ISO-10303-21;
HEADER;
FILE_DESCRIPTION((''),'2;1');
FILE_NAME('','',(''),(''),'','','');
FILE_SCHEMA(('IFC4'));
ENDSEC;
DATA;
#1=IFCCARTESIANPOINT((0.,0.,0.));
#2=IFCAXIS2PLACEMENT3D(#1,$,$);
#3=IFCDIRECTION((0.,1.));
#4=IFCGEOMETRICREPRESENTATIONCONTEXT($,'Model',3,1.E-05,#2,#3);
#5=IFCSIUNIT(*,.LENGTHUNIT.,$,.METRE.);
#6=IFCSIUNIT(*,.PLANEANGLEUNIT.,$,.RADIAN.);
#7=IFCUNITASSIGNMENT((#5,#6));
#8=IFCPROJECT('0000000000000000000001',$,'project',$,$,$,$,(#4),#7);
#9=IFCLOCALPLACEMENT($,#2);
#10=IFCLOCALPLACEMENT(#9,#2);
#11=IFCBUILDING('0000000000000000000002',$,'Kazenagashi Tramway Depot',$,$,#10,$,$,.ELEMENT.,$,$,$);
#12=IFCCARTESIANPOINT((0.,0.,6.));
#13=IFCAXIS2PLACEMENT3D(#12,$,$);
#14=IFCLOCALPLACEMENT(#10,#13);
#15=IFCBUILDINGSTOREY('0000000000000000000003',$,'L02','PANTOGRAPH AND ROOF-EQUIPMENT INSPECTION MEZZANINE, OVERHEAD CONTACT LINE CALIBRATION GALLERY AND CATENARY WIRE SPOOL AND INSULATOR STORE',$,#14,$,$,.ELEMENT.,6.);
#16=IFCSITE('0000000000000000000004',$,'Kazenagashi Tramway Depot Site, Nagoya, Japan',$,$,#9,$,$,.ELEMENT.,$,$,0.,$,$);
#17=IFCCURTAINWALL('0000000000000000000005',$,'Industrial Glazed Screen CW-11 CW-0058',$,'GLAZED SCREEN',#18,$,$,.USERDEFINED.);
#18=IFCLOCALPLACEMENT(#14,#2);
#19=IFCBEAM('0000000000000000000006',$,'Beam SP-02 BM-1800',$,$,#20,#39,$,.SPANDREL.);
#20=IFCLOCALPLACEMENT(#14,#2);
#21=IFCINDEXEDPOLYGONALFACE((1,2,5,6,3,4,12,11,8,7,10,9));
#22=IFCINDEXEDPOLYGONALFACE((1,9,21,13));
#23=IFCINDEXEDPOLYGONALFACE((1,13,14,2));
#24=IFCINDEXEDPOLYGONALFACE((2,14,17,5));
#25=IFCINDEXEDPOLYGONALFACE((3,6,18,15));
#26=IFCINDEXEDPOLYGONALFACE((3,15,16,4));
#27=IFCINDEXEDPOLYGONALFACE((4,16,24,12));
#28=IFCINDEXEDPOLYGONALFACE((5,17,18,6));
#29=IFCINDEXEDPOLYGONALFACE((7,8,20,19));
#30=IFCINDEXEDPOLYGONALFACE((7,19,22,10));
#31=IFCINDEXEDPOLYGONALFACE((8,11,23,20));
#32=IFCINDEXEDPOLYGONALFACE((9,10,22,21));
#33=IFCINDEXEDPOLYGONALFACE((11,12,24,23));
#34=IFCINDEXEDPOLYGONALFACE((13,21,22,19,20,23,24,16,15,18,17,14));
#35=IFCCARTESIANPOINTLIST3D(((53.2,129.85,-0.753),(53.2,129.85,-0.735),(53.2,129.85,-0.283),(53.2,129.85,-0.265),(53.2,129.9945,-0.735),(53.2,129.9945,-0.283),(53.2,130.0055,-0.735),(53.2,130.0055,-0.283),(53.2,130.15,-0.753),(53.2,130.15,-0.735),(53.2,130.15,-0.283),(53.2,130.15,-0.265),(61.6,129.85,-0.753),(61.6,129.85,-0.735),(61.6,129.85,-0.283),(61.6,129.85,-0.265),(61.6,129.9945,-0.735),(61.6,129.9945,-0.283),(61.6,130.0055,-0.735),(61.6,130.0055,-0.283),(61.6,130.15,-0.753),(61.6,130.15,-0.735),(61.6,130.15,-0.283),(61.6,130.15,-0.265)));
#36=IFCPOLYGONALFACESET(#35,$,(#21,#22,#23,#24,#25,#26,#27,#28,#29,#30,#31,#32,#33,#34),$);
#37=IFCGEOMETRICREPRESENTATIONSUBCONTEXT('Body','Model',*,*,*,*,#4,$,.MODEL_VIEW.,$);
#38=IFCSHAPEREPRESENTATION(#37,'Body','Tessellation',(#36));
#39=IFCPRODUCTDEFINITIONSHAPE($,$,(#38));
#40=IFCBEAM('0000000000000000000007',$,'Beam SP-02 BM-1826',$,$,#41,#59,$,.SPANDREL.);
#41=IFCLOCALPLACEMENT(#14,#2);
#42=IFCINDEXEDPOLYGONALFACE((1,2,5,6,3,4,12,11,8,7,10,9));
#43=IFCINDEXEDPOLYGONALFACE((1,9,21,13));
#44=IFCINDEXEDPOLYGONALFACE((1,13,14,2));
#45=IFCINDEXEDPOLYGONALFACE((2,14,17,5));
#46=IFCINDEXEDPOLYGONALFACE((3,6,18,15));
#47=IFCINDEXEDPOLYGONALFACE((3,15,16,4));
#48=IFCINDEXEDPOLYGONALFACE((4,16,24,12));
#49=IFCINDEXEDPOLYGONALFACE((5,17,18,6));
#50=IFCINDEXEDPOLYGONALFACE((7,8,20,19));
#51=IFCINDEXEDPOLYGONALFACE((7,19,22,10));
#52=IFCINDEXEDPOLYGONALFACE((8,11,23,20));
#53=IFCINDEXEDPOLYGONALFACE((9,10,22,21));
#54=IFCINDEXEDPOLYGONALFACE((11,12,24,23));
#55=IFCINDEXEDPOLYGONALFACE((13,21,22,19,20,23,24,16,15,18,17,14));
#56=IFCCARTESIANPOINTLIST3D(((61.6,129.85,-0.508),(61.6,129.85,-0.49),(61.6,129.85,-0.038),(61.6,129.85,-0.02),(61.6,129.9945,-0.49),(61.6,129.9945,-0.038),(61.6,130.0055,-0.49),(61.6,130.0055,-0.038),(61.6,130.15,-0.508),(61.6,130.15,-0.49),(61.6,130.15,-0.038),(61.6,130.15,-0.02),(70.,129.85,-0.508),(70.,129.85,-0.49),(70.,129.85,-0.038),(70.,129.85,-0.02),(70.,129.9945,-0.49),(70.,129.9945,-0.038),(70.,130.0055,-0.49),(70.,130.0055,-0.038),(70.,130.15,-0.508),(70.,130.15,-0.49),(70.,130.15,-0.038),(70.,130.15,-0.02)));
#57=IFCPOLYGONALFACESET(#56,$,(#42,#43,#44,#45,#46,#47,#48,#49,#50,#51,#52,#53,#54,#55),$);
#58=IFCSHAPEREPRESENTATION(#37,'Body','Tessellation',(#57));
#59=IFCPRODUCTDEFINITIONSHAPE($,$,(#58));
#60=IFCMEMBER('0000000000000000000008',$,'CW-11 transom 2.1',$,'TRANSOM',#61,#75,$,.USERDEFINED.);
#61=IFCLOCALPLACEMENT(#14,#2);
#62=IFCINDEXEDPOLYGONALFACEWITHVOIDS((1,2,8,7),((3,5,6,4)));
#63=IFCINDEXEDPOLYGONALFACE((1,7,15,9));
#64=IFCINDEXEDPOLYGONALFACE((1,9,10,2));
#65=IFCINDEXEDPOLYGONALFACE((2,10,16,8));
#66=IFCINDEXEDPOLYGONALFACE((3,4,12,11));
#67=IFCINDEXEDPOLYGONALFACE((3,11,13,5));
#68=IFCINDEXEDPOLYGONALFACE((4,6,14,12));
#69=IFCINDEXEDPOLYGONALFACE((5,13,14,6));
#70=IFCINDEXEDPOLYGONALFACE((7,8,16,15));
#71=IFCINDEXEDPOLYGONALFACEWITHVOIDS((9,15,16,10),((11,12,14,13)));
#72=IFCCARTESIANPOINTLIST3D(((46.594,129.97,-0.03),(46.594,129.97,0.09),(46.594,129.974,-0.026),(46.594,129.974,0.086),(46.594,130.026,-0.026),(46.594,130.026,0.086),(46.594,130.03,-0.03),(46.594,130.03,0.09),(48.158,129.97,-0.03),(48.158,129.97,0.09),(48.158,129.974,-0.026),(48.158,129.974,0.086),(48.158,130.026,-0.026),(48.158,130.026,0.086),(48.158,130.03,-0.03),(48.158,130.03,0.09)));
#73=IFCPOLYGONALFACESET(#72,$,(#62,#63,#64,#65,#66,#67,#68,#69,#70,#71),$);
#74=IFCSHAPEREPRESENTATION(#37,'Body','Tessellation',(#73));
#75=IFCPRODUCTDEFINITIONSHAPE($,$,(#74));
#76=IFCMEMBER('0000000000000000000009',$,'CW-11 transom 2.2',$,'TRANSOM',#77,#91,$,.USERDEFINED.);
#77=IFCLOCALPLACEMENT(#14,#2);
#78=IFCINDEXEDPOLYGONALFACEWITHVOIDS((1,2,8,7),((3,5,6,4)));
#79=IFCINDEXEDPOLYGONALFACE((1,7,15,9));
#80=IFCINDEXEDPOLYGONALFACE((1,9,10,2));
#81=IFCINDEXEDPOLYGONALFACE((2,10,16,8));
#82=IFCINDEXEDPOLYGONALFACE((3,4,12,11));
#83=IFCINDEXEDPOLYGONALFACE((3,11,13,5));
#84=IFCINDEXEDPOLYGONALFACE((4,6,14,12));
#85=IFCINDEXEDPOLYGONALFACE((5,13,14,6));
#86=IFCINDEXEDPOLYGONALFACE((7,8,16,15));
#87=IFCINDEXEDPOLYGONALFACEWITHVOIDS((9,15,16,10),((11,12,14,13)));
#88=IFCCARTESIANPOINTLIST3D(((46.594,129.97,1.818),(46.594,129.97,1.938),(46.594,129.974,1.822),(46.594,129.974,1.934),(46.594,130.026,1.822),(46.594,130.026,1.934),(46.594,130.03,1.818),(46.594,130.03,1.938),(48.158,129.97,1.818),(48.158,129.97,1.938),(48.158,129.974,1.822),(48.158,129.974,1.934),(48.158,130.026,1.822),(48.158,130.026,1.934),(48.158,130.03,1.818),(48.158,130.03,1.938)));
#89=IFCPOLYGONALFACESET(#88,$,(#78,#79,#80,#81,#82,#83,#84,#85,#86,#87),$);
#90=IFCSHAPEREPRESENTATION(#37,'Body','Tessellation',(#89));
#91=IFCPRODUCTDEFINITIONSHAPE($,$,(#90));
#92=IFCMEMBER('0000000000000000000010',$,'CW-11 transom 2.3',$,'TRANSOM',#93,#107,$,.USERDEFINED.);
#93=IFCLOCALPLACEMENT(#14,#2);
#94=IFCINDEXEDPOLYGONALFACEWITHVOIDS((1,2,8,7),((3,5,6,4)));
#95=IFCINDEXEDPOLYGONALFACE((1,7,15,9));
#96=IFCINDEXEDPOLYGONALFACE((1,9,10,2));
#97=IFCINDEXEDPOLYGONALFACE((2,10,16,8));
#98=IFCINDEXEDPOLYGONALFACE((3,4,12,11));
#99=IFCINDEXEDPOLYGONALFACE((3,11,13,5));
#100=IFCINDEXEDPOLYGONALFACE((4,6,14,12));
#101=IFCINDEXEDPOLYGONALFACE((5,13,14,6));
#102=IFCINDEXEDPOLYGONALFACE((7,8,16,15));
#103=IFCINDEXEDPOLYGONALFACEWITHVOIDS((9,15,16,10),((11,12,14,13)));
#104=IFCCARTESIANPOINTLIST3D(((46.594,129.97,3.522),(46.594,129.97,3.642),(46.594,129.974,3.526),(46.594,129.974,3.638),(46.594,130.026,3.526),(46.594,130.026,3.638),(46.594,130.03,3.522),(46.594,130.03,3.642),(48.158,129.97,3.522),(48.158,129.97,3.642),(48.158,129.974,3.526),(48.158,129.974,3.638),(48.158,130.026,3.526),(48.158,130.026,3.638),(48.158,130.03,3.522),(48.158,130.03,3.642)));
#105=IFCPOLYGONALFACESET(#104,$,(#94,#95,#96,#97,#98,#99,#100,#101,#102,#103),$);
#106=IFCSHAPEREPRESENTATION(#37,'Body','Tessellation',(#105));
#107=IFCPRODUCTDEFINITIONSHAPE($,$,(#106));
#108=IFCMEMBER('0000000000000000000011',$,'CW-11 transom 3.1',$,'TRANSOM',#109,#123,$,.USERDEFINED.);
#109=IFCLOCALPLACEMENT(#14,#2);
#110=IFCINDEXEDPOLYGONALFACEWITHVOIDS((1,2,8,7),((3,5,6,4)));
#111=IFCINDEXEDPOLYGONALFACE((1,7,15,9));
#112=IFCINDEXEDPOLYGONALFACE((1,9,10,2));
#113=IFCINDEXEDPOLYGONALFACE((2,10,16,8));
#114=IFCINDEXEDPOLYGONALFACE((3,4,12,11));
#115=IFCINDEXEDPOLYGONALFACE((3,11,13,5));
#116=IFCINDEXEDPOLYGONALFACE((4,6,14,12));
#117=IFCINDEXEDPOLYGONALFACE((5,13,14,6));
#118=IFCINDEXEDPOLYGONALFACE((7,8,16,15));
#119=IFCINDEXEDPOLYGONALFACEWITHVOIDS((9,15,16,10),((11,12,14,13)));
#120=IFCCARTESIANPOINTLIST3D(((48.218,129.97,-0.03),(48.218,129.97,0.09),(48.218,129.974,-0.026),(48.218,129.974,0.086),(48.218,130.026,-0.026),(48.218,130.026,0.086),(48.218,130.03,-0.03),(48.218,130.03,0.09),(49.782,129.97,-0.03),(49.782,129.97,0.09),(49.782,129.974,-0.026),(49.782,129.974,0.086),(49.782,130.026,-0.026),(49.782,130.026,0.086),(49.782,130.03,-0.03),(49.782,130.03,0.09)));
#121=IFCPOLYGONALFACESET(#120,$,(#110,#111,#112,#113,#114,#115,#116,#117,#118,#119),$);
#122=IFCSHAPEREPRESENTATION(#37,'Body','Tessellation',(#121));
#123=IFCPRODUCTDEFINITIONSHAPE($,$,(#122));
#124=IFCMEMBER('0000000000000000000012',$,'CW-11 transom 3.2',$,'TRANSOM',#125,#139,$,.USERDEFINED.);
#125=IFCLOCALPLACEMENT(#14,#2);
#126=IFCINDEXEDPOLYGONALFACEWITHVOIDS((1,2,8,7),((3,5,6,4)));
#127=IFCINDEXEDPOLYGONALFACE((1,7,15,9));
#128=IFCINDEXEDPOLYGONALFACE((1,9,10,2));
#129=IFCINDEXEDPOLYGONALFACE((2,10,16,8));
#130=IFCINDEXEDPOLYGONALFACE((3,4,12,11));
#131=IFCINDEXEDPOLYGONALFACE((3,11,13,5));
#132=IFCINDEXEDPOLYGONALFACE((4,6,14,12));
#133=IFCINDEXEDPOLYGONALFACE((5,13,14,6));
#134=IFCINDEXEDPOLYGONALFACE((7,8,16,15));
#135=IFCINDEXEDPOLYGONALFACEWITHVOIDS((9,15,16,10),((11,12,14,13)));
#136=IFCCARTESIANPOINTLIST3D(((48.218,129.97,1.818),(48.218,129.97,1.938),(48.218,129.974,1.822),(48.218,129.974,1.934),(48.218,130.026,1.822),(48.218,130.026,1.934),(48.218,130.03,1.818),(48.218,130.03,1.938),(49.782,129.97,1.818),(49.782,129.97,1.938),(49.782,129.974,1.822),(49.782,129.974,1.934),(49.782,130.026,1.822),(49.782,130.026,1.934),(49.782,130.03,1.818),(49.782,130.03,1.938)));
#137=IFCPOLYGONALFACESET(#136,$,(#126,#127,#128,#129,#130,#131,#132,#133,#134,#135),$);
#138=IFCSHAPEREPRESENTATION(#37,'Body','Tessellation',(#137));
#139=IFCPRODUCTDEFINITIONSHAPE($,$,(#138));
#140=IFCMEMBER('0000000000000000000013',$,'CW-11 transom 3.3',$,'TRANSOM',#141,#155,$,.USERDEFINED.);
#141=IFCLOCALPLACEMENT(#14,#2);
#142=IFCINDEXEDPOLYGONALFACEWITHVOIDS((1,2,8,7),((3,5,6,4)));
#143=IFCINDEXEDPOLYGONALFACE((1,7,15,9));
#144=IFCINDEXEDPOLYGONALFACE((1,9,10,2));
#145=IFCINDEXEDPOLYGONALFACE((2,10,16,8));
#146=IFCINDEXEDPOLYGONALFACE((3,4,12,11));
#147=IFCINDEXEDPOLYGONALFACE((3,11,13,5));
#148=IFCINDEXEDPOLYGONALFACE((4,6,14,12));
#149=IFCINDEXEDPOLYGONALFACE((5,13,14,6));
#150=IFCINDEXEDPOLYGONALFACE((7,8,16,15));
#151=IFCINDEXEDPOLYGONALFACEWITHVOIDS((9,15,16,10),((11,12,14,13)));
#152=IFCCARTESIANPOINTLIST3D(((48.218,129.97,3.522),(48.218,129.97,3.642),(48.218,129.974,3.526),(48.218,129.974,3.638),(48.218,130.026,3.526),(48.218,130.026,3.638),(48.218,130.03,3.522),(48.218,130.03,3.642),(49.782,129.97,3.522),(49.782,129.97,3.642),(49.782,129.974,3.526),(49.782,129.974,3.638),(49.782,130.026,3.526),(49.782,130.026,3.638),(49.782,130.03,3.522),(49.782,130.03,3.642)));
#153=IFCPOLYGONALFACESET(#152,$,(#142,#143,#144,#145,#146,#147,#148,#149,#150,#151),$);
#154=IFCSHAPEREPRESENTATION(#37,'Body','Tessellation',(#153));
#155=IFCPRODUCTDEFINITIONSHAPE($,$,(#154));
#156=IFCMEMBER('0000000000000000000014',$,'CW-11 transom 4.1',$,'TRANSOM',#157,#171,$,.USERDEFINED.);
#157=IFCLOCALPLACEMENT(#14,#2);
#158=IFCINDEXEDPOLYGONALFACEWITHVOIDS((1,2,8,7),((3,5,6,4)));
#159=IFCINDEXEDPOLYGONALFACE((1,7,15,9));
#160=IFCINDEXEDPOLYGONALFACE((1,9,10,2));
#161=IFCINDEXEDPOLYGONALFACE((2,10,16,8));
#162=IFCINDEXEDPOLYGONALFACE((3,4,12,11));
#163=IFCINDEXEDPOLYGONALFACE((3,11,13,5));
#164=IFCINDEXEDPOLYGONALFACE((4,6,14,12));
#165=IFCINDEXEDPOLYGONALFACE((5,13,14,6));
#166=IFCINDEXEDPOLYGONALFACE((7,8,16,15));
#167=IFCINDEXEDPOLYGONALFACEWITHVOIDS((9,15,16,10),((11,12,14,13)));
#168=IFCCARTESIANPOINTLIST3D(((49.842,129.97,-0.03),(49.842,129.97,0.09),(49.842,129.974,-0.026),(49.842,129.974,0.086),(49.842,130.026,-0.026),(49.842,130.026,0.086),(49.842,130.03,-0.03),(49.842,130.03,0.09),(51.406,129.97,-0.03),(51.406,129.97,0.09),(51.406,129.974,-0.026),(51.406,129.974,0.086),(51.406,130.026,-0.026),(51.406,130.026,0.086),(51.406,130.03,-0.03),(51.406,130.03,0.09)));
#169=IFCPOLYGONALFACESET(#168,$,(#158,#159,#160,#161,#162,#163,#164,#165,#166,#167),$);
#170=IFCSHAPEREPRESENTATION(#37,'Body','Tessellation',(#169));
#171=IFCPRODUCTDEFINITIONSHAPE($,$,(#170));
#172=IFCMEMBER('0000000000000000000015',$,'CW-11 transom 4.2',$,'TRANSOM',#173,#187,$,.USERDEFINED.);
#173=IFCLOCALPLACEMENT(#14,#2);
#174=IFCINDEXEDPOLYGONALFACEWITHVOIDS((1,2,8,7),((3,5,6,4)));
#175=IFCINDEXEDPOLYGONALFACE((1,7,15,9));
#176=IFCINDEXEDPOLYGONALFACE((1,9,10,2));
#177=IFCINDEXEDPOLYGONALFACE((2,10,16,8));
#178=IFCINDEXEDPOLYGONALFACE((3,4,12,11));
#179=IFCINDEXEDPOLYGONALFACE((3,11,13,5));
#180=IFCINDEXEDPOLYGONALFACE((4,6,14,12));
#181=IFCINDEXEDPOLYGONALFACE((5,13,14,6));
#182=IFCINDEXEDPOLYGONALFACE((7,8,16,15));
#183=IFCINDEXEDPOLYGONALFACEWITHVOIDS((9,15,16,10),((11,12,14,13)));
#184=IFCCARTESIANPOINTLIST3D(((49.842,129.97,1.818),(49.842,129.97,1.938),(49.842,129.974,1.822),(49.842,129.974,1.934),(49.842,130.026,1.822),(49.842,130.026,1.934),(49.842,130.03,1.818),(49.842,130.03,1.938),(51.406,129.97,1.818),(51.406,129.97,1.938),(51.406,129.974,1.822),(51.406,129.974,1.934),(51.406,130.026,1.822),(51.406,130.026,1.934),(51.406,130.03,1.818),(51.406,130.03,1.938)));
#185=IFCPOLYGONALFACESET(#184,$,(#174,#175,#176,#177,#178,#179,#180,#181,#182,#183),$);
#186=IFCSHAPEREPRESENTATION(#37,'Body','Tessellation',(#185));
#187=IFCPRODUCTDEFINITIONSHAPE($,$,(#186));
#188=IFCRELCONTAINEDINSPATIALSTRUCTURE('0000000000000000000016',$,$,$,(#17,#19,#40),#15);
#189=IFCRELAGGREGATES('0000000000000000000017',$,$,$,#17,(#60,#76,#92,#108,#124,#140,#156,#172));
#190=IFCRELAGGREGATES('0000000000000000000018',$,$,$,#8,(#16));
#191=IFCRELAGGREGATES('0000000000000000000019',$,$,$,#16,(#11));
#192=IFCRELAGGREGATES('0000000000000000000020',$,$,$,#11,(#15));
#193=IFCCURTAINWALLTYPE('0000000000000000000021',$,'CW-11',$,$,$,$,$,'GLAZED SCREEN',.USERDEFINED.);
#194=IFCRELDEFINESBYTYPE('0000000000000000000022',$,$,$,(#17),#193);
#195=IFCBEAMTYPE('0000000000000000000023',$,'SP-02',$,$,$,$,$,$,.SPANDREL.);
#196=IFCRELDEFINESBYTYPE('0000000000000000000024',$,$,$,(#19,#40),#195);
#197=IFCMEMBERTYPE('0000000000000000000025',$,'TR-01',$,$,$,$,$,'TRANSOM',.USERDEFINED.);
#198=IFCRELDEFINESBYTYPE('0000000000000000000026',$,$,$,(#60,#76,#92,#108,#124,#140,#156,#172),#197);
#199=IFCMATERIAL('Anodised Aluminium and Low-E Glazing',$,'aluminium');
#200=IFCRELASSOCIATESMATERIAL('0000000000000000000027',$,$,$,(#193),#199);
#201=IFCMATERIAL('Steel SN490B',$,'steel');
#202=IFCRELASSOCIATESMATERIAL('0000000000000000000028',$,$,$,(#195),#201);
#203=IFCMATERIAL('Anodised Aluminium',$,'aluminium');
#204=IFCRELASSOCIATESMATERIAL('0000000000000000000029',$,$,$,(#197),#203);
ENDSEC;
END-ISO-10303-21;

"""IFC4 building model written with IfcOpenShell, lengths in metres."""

from ifc_helpers import new_model, si_unit, direction, frame, origin, origin_2d, place, context, subcontext, project, spatial, hollow_rectangle, i_section, extrude, material, material_profile, profile_set, type_object, element, aggregate, save


model = new_model("IFC4")

# Units and contexts
model_context = context("Model", 3, precision=1e-05, world=origin(), true_north=direction((0.0, 1.0)))
body_context = subcontext(model_context, "Body", "Model", "MODEL_VIEW")
ifc_project = project(units=[si_unit("LENGTHUNIT", "METRE"), si_unit("PLANEANGLEUNIT", "RADIAN")], contexts=[model_context])

# Site, building, storey
site_placement = place(None, origin())
site = spatial("IfcSite", under=ifc_project, at=site_placement, Name="Kazenagashi Tramway Depot Site, Nagoya, Japan", CompositionType="ELEMENT", RefElevation=0.0)
building_placement = place(site_placement, origin())
building = spatial("IfcBuilding", under=site, at=building_placement, Name="Kazenagashi Tramway Depot", CompositionType="ELEMENT")
storey_placement = place(building_placement, frame((0.0, 0.0, 6.0)))
storey = spatial("IfcBuildingStorey", under=building, at=storey_placement, Name="L02", Description="PANTOGRAPH AND ROOF-EQUIPMENT INSPECTION MEZZANINE, OVERHEAD CONTACT LINE CALIBRATION GALLERY AND CATENARY WIRE SPOOL AND INSULATOR STORE", CompositionType="ELEMENT", Elevation=6.0)

# Shared definitions
ifc_material_1 = material(Name="Steel SN490B", Category="steel")

# Curtain wall
ifc_material_2 = material(Name="Anodised Aluminium and Low-E Glazing", Category="aluminium")
curtain_wall_type = type_object("IfcCurtainWallType", Name="CW-11", ElementType="GLAZED SCREEN", PredefinedType="USERDEFINED", material=ifc_material_2)
curtain_wall_placement = place(storey_placement, origin())
curtain_wall = element("IfcCurtainWall", 1, at=curtain_wall_placement, inside=storey, type_object=curtain_wall_type, Name="Industrial Glazed Screen CW-11 CW-0058", ObjectType="GLAZED SCREEN", PredefinedType="USERDEFINED")
ifc_material_3 = material(Name="Anodised Aluminium", Category="aluminium")

# Beams
ifc_material_profile_1 = material_profile(ifc_material_1, i_section(OverallWidth=0.3, OverallDepth=0.488, WebThickness=0.011, FlangeThickness=0.018, at=origin_2d()), Name="H-488x300x11x18")
ifc_profile_set_1 = profile_set([ifc_material_profile_1], Name="Steel SN490B")
beam_type_1 = type_object("IfcBeamType", Name="SP-02", PredefinedType="SPANDREL", material=ifc_profile_set_1)
for number, where, z_axis, x_axis, name in (
    (2, (53.2, 130.0, -0.509), (1.0, 0.0, 0.0), (0.0, 1.0, 0.0), "Beam SP-02 BM-1800"),
    (3, (61.6, 130.0, -0.264), (1.0, 0.0, 0.0), (0.0, 1.0, 0.0), "Beam SP-02 BM-1826"),
):
    element("IfcBeam", number, at=place(storey_placement, frame(where, z_axis=z_axis, x_axis=x_axis)), inside=storey, type_object=beam_type_1, Name=name, PredefinedType="SPANDREL", context=body_context, shape_type="SweptSolid", body=[
        extrude(i_section(OverallWidth=0.3, OverallDepth=0.488, WebThickness=0.011, FlangeThickness=0.018, at=origin_2d()), origin(), (0.0, 0.0, 1.0), 8.4),
    ])

# Members
ifc_material_profile_2 = material_profile(ifc_material_3, hollow_rectangle(XDim=0.06, YDim=0.12, WallThickness=0.004, at=origin_2d()), Name="RHS-120x60x4")
ifc_profile_set_2 = profile_set([ifc_material_profile_2], Name="Anodised Aluminium")
member_type_1 = type_object("IfcMemberType", Name="TR-01", ElementType="TRANSOM", PredefinedType="USERDEFINED", material=ifc_profile_set_2)
member_1_placement = place(storey_placement, frame((46.594, 130.0, 0.03), z_axis=(1.0, 0.0, 0.0), x_axis=(0.0, 1.0, 0.0)))
member_1 = element("IfcMember", 4, at=member_1_placement, type_object=member_type_1, Name="CW-11 transom 2.1", ObjectType="TRANSOM", PredefinedType="USERDEFINED", context=body_context, shape_type="SweptSolid", body=[
    extrude(hollow_rectangle(XDim=0.06, YDim=0.12, WallThickness=0.004, at=origin_2d()), origin(), (0.0, 0.0, 1.0), 1.564),
])
member_2_placement = place(storey_placement, frame((46.594, 130.0, 1.878), z_axis=(1.0, 0.0, 0.0), x_axis=(0.0, 1.0, 0.0)))
member_2 = element("IfcMember", 5, at=member_2_placement, type_object=member_type_1, Name="CW-11 transom 2.2", ObjectType="TRANSOM", PredefinedType="USERDEFINED", context=body_context, shape_type="SweptSolid", body=[
    extrude(hollow_rectangle(XDim=0.06, YDim=0.12, WallThickness=0.004, at=origin_2d()), origin(), (0.0, 0.0, 1.0), 1.564),
])
member_3_placement = place(storey_placement, frame((46.594, 130.0, 3.582), z_axis=(1.0, 0.0, 0.0), x_axis=(0.0, 1.0, 0.0)))
member_3 = element("IfcMember", 6, at=member_3_placement, type_object=member_type_1, Name="CW-11 transom 2.3", ObjectType="TRANSOM", PredefinedType="USERDEFINED", context=body_context, shape_type="SweptSolid", body=[
    extrude(hollow_rectangle(XDim=0.06, YDim=0.12, WallThickness=0.004, at=origin_2d()), origin(), (0.0, 0.0, 1.0), 1.564),
])
member_4_placement = place(storey_placement, frame((48.218, 130.0, 0.03), z_axis=(1.0, 0.0, 0.0), x_axis=(0.0, 1.0, 0.0)))
member_4 = element("IfcMember", 7, at=member_4_placement, type_object=member_type_1, Name="CW-11 transom 3.1", ObjectType="TRANSOM", PredefinedType="USERDEFINED", context=body_context, shape_type="SweptSolid", body=[
    extrude(hollow_rectangle(XDim=0.06, YDim=0.12, WallThickness=0.004, at=origin_2d()), origin(), (0.0, 0.0, 1.0), 1.564),
])
member_5_placement = place(storey_placement, frame((48.218, 130.0, 1.878), z_axis=(1.0, 0.0, 0.0), x_axis=(0.0, 1.0, 0.0)))
member_5 = element("IfcMember", 8, at=member_5_placement, type_object=member_type_1, Name="CW-11 transom 3.2", ObjectType="TRANSOM", PredefinedType="USERDEFINED", context=body_context, shape_type="SweptSolid", body=[
    extrude(hollow_rectangle(XDim=0.06, YDim=0.12, WallThickness=0.004, at=origin_2d()), origin(), (0.0, 0.0, 1.0), 1.564),
])
member_6_placement = place(storey_placement, frame((48.218, 130.0, 3.582), z_axis=(1.0, 0.0, 0.0), x_axis=(0.0, 1.0, 0.0)))
member_6 = element("IfcMember", 9, at=member_6_placement, type_object=member_type_1, Name="CW-11 transom 3.3", ObjectType="TRANSOM", PredefinedType="USERDEFINED", context=body_context, shape_type="SweptSolid", body=[
    extrude(hollow_rectangle(XDim=0.06, YDim=0.12, WallThickness=0.004, at=origin_2d()), origin(), (0.0, 0.0, 1.0), 1.564),
])
member_7_placement = place(storey_placement, frame((49.842, 130.0, 0.03), z_axis=(1.0, 0.0, 0.0), x_axis=(0.0, 1.0, 0.0)))
member_7 = element("IfcMember", 10, at=member_7_placement, type_object=member_type_1, Name="CW-11 transom 4.1", ObjectType="TRANSOM", PredefinedType="USERDEFINED", context=body_context, shape_type="SweptSolid", body=[
    extrude(hollow_rectangle(XDim=0.06, YDim=0.12, WallThickness=0.004, at=origin_2d()), origin(), (0.0, 0.0, 1.0), 1.564),
])
member_8_placement = place(storey_placement, frame((49.842, 130.0, 1.878), z_axis=(1.0, 0.0, 0.0), x_axis=(0.0, 1.0, 0.0)))
member_8 = element("IfcMember", 11, at=member_8_placement, type_object=member_type_1, Name="CW-11 transom 4.2", ObjectType="TRANSOM", PredefinedType="USERDEFINED", context=body_context, shape_type="SweptSolid", body=[
    extrude(hollow_rectangle(XDim=0.06, YDim=0.12, WallThickness=0.004, at=origin_2d()), origin(), (0.0, 0.0, 1.0), 1.564),
])

aggregate(curtain_wall, [member_1, member_2, member_3, member_4, member_5, member_6, member_7, member_8])

save(model, "model.ifc")
